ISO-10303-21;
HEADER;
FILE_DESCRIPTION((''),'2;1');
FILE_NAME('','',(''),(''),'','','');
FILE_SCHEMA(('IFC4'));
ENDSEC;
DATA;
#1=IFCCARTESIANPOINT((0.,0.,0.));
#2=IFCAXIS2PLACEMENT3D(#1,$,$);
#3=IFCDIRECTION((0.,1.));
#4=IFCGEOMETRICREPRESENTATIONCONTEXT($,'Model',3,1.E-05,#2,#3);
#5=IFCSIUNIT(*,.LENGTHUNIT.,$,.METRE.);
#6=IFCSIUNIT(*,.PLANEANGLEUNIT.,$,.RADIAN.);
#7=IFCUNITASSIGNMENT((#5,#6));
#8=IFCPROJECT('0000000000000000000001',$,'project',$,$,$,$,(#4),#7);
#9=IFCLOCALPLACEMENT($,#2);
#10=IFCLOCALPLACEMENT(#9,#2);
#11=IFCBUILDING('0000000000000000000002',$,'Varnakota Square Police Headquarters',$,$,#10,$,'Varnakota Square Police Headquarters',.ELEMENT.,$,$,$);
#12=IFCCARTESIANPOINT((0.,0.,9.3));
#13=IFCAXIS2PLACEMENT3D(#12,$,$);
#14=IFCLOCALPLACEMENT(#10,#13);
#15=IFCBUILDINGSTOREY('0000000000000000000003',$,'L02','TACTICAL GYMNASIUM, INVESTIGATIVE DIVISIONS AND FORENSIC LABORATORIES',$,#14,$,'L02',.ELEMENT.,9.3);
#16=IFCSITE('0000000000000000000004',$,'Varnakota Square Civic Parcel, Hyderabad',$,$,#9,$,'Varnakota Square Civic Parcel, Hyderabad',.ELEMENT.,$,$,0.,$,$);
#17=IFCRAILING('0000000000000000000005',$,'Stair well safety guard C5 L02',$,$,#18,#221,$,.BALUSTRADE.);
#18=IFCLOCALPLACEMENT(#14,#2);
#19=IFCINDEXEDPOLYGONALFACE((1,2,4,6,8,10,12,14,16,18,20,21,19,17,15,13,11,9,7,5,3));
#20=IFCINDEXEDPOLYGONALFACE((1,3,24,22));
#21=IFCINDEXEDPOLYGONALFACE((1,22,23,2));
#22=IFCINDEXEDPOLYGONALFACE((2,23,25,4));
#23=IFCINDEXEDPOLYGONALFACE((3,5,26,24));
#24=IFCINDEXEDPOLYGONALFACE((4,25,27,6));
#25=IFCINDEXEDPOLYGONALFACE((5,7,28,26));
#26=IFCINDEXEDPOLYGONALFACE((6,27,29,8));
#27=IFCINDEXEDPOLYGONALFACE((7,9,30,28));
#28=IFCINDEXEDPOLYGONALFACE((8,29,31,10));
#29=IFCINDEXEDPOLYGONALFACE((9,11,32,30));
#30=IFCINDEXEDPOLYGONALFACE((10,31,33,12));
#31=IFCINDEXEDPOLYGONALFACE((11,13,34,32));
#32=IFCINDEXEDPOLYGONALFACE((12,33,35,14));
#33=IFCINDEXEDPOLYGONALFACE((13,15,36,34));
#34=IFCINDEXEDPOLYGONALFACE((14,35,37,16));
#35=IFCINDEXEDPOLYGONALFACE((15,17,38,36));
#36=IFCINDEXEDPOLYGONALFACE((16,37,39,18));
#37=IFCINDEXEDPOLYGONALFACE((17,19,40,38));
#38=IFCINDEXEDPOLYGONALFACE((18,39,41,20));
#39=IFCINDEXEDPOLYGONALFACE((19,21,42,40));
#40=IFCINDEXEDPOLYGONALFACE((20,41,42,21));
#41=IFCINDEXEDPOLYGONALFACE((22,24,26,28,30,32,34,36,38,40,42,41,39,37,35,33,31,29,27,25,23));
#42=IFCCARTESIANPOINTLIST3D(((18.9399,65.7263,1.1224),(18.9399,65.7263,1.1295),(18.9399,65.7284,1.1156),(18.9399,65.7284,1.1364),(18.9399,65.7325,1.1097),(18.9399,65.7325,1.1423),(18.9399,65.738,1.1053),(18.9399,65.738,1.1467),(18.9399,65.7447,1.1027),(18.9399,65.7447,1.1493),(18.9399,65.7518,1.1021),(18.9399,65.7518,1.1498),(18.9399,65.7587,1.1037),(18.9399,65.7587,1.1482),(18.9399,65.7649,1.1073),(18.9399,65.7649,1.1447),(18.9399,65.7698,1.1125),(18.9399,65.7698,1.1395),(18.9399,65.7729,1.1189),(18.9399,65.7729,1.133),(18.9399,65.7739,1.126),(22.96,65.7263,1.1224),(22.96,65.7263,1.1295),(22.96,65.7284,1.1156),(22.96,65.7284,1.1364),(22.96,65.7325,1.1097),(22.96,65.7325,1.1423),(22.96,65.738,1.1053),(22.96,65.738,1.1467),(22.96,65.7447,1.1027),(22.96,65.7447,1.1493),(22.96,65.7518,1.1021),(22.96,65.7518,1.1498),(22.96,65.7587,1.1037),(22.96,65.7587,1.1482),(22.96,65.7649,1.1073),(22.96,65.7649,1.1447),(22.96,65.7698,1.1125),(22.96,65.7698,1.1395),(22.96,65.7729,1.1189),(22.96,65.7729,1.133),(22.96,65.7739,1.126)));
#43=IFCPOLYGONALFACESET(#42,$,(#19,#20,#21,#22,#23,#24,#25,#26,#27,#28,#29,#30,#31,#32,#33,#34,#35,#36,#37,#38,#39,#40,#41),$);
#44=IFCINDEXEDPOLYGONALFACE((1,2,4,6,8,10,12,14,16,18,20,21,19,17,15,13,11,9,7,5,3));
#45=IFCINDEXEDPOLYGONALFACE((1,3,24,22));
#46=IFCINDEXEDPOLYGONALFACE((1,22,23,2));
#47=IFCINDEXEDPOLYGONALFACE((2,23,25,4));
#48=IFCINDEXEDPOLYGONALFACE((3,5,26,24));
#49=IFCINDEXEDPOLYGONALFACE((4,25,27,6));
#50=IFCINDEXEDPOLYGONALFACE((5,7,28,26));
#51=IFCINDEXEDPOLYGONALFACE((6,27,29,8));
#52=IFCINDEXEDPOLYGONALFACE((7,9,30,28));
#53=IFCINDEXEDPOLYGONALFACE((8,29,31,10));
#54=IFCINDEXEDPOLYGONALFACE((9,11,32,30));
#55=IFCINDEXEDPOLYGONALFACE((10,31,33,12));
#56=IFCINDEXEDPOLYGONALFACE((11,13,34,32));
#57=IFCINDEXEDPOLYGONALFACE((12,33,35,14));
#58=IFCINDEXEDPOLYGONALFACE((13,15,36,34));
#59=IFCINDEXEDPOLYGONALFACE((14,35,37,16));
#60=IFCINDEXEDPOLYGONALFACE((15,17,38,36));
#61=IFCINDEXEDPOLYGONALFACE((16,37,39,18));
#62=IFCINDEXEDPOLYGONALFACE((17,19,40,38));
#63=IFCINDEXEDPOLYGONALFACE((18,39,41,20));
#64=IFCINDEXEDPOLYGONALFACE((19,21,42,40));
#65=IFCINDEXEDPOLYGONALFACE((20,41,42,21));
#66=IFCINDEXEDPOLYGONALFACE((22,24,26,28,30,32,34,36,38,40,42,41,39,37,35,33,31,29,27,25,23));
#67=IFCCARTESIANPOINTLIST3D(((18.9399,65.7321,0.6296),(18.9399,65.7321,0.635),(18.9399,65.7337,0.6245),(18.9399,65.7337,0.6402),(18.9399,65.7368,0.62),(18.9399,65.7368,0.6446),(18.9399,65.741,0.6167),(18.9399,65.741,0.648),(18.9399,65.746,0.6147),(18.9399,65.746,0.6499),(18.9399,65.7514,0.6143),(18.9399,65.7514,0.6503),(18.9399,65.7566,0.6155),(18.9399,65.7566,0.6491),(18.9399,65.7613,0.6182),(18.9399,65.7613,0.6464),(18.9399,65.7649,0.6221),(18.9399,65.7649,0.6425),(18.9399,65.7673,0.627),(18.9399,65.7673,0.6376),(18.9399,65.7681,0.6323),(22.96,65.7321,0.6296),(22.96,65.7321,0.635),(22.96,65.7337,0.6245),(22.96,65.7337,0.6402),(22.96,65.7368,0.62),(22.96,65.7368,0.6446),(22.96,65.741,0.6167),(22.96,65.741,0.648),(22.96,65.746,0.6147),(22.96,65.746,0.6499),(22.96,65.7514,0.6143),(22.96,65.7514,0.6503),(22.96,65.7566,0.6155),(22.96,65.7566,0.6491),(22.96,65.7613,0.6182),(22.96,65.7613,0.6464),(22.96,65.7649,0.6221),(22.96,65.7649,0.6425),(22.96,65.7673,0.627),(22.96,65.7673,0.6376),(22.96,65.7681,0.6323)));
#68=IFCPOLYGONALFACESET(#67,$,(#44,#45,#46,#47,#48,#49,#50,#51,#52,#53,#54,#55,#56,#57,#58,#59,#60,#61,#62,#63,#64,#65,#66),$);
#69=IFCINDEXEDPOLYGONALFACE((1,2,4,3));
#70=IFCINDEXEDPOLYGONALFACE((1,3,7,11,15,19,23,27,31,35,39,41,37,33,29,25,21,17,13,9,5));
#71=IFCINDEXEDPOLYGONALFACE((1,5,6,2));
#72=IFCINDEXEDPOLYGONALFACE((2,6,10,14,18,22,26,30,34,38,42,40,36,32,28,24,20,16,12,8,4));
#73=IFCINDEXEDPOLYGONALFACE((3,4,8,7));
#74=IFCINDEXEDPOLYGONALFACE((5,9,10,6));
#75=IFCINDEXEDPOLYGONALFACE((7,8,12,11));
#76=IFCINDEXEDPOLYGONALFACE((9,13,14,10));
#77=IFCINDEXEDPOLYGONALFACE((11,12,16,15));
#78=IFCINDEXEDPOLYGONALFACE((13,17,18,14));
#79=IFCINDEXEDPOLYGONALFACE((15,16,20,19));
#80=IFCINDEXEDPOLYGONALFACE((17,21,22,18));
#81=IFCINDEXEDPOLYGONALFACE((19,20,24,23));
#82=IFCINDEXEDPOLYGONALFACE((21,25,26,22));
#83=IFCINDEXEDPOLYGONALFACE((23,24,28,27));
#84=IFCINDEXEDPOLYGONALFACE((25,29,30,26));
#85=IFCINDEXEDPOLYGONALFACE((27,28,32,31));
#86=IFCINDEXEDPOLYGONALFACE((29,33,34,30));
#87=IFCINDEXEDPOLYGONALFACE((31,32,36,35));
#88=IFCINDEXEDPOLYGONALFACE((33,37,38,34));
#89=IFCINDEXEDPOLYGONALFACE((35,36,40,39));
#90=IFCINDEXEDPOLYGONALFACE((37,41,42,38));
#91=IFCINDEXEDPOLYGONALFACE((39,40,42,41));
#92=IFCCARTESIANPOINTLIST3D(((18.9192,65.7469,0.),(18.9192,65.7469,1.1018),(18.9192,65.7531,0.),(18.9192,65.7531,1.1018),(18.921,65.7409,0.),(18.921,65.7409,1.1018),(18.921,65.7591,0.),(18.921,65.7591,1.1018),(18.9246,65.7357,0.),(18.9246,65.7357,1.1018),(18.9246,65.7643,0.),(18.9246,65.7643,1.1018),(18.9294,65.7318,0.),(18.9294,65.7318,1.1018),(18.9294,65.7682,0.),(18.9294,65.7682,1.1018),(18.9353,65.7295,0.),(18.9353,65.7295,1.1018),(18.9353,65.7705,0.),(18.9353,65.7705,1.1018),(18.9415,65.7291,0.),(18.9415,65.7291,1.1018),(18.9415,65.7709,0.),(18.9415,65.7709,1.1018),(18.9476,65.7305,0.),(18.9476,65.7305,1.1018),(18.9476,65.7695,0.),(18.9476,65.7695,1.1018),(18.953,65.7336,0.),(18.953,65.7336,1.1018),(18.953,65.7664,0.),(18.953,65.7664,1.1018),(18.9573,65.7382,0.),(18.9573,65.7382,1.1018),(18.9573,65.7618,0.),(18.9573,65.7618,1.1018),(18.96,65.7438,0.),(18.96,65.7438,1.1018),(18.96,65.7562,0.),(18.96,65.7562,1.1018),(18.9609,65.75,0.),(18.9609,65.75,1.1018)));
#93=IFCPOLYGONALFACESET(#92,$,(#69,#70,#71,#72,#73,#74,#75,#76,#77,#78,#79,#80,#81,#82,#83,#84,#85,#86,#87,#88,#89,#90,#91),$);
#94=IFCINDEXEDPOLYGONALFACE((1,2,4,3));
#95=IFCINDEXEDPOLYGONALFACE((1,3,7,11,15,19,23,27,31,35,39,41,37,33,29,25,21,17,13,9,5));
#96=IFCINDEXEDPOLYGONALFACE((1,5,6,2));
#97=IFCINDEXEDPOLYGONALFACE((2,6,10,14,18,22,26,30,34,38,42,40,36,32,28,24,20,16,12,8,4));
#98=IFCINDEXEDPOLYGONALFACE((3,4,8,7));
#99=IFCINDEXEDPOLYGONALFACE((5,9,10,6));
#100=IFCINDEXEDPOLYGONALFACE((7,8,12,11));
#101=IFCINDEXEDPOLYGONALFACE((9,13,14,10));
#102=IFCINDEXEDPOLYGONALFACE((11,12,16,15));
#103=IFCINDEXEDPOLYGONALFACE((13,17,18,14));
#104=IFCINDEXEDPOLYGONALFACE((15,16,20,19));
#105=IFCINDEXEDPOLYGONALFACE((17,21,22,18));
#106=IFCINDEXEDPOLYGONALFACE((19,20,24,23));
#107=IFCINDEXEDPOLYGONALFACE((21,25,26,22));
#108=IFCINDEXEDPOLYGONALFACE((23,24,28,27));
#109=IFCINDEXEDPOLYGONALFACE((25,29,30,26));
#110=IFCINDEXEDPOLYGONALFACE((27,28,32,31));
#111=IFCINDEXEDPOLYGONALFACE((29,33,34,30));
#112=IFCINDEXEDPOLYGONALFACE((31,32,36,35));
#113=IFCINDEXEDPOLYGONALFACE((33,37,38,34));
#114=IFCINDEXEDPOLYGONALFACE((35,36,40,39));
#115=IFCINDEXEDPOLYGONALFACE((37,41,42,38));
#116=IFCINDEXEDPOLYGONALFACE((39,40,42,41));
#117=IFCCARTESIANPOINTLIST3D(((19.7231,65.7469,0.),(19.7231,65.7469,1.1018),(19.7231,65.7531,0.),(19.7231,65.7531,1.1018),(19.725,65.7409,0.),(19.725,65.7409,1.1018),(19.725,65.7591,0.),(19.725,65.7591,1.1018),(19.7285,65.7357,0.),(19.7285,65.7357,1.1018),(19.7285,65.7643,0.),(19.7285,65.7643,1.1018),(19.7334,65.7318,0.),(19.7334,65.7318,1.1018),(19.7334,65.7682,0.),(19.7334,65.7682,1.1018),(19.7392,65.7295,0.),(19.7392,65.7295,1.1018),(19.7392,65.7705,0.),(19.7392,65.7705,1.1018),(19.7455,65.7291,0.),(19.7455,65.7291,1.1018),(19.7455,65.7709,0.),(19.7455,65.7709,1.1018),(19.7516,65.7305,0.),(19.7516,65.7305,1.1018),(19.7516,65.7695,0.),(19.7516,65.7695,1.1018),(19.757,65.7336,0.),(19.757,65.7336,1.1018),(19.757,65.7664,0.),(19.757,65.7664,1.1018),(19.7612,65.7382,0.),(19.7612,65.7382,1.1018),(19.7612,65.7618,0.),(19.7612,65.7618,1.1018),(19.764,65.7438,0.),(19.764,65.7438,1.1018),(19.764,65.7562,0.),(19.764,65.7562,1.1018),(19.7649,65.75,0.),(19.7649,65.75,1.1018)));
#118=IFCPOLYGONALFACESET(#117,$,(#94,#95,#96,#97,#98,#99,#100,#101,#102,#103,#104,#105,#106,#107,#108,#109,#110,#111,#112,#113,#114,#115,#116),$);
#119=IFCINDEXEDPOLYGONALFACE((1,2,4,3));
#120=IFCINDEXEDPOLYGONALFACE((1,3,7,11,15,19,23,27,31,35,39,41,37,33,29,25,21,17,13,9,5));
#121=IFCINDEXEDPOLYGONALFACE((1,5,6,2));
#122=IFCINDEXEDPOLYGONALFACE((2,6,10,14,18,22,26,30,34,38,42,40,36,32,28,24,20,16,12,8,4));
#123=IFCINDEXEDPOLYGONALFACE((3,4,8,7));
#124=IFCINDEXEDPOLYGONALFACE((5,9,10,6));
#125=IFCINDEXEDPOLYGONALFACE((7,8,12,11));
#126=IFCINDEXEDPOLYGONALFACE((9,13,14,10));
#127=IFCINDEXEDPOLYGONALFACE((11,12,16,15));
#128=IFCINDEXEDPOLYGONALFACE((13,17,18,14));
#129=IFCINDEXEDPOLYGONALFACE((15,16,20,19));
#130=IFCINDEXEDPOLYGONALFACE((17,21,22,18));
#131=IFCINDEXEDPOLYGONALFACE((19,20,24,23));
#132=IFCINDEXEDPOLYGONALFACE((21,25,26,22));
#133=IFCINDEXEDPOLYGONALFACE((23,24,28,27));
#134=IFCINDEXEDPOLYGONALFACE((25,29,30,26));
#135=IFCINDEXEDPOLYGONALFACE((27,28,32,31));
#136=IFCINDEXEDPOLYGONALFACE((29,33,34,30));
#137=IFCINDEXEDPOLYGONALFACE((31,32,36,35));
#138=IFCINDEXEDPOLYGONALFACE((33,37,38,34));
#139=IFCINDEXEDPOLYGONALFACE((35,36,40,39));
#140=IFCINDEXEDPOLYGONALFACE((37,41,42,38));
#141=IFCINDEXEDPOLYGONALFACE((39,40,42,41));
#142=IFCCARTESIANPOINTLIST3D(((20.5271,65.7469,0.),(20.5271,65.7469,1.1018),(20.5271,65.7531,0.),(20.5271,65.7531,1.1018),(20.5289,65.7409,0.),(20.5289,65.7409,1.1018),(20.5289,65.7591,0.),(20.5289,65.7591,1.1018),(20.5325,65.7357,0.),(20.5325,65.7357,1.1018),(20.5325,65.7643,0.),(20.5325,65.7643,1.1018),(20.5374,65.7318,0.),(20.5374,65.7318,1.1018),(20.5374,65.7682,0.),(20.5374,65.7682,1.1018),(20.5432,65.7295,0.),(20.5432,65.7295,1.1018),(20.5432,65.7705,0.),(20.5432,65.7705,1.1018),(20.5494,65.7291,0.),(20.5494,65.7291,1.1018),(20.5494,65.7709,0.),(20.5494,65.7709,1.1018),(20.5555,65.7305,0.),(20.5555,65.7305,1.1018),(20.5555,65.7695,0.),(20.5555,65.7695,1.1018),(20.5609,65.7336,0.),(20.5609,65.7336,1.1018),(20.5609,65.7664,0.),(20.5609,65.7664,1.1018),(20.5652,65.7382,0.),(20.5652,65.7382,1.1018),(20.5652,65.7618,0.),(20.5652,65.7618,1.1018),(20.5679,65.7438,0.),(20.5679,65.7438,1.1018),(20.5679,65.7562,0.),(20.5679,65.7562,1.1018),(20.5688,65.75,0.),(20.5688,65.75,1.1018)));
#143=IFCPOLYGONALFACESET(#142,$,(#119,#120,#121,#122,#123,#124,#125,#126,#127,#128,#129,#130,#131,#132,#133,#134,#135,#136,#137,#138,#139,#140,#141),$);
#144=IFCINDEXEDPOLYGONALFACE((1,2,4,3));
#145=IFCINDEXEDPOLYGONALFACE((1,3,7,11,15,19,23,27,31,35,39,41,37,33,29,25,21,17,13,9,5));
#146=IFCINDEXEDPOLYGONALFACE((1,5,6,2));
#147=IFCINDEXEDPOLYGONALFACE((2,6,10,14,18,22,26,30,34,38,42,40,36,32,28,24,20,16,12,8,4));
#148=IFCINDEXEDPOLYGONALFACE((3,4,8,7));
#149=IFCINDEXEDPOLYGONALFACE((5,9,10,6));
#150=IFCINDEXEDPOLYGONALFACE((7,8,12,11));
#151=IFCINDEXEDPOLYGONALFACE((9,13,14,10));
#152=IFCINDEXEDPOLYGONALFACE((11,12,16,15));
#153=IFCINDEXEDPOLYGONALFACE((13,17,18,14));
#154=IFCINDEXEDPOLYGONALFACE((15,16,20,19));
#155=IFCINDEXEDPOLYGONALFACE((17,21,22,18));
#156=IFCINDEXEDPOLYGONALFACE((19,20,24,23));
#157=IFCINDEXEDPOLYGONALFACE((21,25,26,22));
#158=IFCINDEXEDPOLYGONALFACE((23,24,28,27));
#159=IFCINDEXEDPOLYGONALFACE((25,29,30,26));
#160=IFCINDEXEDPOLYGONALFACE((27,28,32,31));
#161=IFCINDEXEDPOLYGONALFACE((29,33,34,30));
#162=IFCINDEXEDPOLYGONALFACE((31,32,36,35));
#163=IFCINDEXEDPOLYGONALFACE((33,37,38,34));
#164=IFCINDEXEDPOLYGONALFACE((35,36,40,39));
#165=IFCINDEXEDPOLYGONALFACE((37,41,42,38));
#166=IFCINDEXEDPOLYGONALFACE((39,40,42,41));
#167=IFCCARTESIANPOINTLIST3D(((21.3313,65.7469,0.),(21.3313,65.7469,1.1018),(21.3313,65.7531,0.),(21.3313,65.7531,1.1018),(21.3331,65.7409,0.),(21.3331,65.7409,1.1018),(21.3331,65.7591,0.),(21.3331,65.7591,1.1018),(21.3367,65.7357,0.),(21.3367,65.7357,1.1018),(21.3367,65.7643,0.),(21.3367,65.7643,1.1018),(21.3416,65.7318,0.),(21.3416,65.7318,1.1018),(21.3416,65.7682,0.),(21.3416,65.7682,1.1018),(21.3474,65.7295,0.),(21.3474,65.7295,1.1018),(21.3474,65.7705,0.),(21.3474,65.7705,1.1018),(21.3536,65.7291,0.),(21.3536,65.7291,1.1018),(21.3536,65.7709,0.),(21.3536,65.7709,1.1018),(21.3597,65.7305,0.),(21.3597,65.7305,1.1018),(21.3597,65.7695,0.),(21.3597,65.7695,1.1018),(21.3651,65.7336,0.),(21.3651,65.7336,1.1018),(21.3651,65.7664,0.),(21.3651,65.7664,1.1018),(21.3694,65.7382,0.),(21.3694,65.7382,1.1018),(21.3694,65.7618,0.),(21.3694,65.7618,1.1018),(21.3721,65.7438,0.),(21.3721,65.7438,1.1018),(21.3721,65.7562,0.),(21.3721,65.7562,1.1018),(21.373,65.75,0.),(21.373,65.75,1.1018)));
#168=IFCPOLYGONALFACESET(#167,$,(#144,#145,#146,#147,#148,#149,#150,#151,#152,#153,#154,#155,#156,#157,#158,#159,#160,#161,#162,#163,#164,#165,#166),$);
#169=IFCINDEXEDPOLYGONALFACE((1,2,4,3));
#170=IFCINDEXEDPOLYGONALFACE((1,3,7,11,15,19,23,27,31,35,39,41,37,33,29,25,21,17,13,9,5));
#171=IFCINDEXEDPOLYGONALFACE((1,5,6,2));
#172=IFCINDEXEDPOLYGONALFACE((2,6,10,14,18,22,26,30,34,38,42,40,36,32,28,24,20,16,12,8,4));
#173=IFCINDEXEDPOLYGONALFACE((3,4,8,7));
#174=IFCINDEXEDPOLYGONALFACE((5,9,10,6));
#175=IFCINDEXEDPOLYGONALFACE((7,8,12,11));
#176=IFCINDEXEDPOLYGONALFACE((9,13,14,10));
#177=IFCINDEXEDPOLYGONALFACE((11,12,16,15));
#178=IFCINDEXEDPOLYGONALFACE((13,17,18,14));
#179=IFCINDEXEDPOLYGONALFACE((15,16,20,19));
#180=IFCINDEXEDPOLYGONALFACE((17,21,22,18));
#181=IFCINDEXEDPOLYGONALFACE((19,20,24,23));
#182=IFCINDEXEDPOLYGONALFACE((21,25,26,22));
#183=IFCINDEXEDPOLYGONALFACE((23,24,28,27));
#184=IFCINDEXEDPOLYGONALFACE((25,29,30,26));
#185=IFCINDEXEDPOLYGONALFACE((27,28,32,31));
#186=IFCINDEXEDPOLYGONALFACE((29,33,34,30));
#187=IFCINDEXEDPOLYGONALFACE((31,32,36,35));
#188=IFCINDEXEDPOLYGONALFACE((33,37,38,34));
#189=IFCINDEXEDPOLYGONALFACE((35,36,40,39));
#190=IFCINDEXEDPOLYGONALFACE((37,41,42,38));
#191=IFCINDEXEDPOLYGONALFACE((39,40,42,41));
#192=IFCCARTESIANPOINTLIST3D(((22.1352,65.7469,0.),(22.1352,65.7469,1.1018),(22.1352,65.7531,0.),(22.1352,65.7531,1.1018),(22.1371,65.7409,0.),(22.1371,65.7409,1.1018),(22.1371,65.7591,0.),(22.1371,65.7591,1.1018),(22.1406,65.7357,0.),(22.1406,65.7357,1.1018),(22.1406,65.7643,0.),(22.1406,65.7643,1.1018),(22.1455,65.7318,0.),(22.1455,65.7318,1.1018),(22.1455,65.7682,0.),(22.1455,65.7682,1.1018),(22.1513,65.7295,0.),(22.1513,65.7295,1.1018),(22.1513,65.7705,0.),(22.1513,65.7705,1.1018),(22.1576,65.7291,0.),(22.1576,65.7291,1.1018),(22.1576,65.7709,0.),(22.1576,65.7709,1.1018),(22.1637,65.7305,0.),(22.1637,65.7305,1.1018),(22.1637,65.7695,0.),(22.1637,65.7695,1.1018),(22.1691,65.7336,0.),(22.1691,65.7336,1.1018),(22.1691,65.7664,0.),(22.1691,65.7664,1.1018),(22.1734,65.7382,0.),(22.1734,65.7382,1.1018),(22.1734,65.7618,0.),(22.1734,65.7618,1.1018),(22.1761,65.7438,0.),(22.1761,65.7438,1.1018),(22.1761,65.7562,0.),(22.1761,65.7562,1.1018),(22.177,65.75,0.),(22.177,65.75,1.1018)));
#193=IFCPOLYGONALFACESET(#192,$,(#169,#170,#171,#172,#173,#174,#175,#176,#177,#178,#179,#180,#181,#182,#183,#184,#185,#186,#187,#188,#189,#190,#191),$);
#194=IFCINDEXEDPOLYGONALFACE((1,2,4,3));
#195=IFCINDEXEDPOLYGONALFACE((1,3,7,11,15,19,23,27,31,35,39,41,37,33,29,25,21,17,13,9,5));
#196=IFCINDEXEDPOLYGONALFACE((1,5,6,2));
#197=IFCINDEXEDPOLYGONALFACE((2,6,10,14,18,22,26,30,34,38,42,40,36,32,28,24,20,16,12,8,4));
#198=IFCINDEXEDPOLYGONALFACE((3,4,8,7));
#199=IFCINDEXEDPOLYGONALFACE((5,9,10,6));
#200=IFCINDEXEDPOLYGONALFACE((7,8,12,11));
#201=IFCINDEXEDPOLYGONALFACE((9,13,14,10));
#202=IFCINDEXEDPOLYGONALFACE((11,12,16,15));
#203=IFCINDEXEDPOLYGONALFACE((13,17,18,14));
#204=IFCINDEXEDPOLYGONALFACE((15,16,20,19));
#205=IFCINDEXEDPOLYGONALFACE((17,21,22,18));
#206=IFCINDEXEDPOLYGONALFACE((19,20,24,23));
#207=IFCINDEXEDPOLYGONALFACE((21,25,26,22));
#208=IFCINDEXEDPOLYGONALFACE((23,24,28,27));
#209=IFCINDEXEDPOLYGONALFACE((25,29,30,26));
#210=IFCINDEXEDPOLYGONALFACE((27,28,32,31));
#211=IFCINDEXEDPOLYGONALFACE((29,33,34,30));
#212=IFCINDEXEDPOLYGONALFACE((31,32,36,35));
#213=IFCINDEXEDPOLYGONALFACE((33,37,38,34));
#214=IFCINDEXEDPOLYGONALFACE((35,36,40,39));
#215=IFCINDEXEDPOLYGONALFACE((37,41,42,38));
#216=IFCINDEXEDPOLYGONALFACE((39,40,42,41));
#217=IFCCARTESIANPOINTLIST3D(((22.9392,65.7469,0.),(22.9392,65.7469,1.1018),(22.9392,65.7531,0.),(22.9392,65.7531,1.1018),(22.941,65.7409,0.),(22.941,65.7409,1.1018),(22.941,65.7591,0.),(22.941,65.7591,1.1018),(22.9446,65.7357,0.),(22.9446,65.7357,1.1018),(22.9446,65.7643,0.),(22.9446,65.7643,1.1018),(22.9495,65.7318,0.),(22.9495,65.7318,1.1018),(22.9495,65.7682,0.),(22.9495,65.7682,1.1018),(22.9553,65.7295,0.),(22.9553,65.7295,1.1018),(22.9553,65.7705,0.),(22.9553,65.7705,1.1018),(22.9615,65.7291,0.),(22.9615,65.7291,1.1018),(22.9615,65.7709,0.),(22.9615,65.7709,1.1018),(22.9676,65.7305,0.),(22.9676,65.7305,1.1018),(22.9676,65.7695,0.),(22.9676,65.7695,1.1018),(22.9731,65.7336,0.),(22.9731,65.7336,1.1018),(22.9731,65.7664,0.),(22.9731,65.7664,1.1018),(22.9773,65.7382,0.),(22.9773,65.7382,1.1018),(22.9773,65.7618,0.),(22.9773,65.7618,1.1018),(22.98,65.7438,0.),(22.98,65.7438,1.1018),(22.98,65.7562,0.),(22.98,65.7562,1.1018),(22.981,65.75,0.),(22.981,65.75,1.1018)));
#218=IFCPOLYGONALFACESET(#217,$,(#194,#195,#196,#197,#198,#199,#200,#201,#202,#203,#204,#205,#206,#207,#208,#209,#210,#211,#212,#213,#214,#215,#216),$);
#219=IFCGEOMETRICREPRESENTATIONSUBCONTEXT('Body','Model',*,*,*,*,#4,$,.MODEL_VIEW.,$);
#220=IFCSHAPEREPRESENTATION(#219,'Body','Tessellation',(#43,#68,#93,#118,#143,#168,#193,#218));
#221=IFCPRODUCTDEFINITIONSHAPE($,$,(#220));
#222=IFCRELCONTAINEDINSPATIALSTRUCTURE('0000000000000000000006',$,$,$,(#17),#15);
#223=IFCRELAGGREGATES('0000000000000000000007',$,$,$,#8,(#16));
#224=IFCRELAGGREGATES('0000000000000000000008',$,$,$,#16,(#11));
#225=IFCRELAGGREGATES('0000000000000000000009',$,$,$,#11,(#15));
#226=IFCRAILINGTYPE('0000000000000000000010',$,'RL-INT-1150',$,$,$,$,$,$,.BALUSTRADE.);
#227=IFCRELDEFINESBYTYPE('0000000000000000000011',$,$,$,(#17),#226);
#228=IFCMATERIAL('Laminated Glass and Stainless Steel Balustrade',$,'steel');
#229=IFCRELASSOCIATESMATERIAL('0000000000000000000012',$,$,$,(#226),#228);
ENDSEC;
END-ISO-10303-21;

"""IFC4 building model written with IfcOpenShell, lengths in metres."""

from ifc_helpers import new_model, si_unit, direction, frame, origin, origin_2d, place, context, subcontext, project, spatial, circle, extrude, material, type_object, element, save


model = new_model("IFC4")

# Units and contexts
model_context = context("Model", 3, precision=1e-05, world=origin(), true_north=direction((0.0, 1.0)))
body_context = subcontext(model_context, "Body", "Model", "MODEL_VIEW")
ifc_project = project(units=[si_unit("LENGTHUNIT", "METRE"), si_unit("PLANEANGLEUNIT", "RADIAN")], contexts=[model_context])

# Site, building, storey
site_placement = place(None, origin())
site = spatial("IfcSite", under=ifc_project, at=site_placement, Name="Varnakota Square Civic Parcel, Hyderabad", LongName="Varnakota Square Civic Parcel, Hyderabad", CompositionType="ELEMENT", RefElevation=0.0)
building_placement = place(site_placement, origin())
building = spatial("IfcBuilding", under=site, at=building_placement, Name="Varnakota Square Police Headquarters", LongName="Varnakota Square Police Headquarters", CompositionType="ELEMENT")
storey_placement = place(building_placement, frame((0.0, 0.0, 9.3)))
storey = spatial("IfcBuildingStorey", under=building, at=storey_placement, Name="L02", Description="TACTICAL GYMNASIUM, INVESTIGATIVE DIVISIONS AND FORENSIC LABORATORIES", LongName="L02", CompositionType="ELEMENT", Elevation=9.3)

# Railing
ifc_material_1 = material(Name="Laminated Glass and Stainless Steel Balustrade", Category="steel")
railing_type = type_object("IfcRailingType", Name="RL-INT-1150", PredefinedType="BALUSTRADE", material=ifc_material_1)
railing_placement = place(storey_placement, frame((18.9399, 65.75, 0.0)))
element("IfcRailing", 1, at=railing_placement, inside=storey, type_object=railing_type, Name="Stair well safety guard C5 L02", PredefinedType="BALUSTRADE", context=body_context, shape_type="SweptSolid", body=[
    extrude(circle(Radius=0.0239, at=origin_2d()), frame((0.0, 0.0, 1.126), z_axis=(1.0, 0.0, 0.0), x_axis=(0.0, 1.0, 0.0)), (0.0, 0.0, 1.0), 4.02),
    extrude(circle(Radius=0.0181, at=origin_2d()), frame((0.0, 0.0, 0.6323), z_axis=(1.0, 0.0, 0.0), x_axis=(0.0, 1.0, 0.0)), (0.0, 0.0, 1.0), 4.02),
    extrude(circle(Radius=0.021, at=origin_2d()), origin(), (0.0, 0.0, 1.0), 1.1018),
    extrude(circle(Radius=0.021, at=origin_2d()), frame((0.804, 0.0, 0.0)), (0.0, 0.0, 1.0), 1.1018),
    extrude(circle(Radius=0.021, at=origin_2d()), frame((1.6079, 0.0, 0.0)), (0.0, 0.0, 1.0), 1.1018),
    extrude(circle(Radius=0.021, at=origin_2d()), frame((2.4121, 0.0, 0.0)), (0.0, 0.0, 1.0), 1.1018),
    extrude(circle(Radius=0.021, at=origin_2d()), frame((3.2161, 0.0, 0.0)), (0.0, 0.0, 1.0), 1.1018),
    extrude(circle(Radius=0.021, at=origin_2d()), frame((4.02, 0.0, 0.0)), (0.0, 0.0, 1.0), 1.1018),
])

save(model, "model.ifc")
